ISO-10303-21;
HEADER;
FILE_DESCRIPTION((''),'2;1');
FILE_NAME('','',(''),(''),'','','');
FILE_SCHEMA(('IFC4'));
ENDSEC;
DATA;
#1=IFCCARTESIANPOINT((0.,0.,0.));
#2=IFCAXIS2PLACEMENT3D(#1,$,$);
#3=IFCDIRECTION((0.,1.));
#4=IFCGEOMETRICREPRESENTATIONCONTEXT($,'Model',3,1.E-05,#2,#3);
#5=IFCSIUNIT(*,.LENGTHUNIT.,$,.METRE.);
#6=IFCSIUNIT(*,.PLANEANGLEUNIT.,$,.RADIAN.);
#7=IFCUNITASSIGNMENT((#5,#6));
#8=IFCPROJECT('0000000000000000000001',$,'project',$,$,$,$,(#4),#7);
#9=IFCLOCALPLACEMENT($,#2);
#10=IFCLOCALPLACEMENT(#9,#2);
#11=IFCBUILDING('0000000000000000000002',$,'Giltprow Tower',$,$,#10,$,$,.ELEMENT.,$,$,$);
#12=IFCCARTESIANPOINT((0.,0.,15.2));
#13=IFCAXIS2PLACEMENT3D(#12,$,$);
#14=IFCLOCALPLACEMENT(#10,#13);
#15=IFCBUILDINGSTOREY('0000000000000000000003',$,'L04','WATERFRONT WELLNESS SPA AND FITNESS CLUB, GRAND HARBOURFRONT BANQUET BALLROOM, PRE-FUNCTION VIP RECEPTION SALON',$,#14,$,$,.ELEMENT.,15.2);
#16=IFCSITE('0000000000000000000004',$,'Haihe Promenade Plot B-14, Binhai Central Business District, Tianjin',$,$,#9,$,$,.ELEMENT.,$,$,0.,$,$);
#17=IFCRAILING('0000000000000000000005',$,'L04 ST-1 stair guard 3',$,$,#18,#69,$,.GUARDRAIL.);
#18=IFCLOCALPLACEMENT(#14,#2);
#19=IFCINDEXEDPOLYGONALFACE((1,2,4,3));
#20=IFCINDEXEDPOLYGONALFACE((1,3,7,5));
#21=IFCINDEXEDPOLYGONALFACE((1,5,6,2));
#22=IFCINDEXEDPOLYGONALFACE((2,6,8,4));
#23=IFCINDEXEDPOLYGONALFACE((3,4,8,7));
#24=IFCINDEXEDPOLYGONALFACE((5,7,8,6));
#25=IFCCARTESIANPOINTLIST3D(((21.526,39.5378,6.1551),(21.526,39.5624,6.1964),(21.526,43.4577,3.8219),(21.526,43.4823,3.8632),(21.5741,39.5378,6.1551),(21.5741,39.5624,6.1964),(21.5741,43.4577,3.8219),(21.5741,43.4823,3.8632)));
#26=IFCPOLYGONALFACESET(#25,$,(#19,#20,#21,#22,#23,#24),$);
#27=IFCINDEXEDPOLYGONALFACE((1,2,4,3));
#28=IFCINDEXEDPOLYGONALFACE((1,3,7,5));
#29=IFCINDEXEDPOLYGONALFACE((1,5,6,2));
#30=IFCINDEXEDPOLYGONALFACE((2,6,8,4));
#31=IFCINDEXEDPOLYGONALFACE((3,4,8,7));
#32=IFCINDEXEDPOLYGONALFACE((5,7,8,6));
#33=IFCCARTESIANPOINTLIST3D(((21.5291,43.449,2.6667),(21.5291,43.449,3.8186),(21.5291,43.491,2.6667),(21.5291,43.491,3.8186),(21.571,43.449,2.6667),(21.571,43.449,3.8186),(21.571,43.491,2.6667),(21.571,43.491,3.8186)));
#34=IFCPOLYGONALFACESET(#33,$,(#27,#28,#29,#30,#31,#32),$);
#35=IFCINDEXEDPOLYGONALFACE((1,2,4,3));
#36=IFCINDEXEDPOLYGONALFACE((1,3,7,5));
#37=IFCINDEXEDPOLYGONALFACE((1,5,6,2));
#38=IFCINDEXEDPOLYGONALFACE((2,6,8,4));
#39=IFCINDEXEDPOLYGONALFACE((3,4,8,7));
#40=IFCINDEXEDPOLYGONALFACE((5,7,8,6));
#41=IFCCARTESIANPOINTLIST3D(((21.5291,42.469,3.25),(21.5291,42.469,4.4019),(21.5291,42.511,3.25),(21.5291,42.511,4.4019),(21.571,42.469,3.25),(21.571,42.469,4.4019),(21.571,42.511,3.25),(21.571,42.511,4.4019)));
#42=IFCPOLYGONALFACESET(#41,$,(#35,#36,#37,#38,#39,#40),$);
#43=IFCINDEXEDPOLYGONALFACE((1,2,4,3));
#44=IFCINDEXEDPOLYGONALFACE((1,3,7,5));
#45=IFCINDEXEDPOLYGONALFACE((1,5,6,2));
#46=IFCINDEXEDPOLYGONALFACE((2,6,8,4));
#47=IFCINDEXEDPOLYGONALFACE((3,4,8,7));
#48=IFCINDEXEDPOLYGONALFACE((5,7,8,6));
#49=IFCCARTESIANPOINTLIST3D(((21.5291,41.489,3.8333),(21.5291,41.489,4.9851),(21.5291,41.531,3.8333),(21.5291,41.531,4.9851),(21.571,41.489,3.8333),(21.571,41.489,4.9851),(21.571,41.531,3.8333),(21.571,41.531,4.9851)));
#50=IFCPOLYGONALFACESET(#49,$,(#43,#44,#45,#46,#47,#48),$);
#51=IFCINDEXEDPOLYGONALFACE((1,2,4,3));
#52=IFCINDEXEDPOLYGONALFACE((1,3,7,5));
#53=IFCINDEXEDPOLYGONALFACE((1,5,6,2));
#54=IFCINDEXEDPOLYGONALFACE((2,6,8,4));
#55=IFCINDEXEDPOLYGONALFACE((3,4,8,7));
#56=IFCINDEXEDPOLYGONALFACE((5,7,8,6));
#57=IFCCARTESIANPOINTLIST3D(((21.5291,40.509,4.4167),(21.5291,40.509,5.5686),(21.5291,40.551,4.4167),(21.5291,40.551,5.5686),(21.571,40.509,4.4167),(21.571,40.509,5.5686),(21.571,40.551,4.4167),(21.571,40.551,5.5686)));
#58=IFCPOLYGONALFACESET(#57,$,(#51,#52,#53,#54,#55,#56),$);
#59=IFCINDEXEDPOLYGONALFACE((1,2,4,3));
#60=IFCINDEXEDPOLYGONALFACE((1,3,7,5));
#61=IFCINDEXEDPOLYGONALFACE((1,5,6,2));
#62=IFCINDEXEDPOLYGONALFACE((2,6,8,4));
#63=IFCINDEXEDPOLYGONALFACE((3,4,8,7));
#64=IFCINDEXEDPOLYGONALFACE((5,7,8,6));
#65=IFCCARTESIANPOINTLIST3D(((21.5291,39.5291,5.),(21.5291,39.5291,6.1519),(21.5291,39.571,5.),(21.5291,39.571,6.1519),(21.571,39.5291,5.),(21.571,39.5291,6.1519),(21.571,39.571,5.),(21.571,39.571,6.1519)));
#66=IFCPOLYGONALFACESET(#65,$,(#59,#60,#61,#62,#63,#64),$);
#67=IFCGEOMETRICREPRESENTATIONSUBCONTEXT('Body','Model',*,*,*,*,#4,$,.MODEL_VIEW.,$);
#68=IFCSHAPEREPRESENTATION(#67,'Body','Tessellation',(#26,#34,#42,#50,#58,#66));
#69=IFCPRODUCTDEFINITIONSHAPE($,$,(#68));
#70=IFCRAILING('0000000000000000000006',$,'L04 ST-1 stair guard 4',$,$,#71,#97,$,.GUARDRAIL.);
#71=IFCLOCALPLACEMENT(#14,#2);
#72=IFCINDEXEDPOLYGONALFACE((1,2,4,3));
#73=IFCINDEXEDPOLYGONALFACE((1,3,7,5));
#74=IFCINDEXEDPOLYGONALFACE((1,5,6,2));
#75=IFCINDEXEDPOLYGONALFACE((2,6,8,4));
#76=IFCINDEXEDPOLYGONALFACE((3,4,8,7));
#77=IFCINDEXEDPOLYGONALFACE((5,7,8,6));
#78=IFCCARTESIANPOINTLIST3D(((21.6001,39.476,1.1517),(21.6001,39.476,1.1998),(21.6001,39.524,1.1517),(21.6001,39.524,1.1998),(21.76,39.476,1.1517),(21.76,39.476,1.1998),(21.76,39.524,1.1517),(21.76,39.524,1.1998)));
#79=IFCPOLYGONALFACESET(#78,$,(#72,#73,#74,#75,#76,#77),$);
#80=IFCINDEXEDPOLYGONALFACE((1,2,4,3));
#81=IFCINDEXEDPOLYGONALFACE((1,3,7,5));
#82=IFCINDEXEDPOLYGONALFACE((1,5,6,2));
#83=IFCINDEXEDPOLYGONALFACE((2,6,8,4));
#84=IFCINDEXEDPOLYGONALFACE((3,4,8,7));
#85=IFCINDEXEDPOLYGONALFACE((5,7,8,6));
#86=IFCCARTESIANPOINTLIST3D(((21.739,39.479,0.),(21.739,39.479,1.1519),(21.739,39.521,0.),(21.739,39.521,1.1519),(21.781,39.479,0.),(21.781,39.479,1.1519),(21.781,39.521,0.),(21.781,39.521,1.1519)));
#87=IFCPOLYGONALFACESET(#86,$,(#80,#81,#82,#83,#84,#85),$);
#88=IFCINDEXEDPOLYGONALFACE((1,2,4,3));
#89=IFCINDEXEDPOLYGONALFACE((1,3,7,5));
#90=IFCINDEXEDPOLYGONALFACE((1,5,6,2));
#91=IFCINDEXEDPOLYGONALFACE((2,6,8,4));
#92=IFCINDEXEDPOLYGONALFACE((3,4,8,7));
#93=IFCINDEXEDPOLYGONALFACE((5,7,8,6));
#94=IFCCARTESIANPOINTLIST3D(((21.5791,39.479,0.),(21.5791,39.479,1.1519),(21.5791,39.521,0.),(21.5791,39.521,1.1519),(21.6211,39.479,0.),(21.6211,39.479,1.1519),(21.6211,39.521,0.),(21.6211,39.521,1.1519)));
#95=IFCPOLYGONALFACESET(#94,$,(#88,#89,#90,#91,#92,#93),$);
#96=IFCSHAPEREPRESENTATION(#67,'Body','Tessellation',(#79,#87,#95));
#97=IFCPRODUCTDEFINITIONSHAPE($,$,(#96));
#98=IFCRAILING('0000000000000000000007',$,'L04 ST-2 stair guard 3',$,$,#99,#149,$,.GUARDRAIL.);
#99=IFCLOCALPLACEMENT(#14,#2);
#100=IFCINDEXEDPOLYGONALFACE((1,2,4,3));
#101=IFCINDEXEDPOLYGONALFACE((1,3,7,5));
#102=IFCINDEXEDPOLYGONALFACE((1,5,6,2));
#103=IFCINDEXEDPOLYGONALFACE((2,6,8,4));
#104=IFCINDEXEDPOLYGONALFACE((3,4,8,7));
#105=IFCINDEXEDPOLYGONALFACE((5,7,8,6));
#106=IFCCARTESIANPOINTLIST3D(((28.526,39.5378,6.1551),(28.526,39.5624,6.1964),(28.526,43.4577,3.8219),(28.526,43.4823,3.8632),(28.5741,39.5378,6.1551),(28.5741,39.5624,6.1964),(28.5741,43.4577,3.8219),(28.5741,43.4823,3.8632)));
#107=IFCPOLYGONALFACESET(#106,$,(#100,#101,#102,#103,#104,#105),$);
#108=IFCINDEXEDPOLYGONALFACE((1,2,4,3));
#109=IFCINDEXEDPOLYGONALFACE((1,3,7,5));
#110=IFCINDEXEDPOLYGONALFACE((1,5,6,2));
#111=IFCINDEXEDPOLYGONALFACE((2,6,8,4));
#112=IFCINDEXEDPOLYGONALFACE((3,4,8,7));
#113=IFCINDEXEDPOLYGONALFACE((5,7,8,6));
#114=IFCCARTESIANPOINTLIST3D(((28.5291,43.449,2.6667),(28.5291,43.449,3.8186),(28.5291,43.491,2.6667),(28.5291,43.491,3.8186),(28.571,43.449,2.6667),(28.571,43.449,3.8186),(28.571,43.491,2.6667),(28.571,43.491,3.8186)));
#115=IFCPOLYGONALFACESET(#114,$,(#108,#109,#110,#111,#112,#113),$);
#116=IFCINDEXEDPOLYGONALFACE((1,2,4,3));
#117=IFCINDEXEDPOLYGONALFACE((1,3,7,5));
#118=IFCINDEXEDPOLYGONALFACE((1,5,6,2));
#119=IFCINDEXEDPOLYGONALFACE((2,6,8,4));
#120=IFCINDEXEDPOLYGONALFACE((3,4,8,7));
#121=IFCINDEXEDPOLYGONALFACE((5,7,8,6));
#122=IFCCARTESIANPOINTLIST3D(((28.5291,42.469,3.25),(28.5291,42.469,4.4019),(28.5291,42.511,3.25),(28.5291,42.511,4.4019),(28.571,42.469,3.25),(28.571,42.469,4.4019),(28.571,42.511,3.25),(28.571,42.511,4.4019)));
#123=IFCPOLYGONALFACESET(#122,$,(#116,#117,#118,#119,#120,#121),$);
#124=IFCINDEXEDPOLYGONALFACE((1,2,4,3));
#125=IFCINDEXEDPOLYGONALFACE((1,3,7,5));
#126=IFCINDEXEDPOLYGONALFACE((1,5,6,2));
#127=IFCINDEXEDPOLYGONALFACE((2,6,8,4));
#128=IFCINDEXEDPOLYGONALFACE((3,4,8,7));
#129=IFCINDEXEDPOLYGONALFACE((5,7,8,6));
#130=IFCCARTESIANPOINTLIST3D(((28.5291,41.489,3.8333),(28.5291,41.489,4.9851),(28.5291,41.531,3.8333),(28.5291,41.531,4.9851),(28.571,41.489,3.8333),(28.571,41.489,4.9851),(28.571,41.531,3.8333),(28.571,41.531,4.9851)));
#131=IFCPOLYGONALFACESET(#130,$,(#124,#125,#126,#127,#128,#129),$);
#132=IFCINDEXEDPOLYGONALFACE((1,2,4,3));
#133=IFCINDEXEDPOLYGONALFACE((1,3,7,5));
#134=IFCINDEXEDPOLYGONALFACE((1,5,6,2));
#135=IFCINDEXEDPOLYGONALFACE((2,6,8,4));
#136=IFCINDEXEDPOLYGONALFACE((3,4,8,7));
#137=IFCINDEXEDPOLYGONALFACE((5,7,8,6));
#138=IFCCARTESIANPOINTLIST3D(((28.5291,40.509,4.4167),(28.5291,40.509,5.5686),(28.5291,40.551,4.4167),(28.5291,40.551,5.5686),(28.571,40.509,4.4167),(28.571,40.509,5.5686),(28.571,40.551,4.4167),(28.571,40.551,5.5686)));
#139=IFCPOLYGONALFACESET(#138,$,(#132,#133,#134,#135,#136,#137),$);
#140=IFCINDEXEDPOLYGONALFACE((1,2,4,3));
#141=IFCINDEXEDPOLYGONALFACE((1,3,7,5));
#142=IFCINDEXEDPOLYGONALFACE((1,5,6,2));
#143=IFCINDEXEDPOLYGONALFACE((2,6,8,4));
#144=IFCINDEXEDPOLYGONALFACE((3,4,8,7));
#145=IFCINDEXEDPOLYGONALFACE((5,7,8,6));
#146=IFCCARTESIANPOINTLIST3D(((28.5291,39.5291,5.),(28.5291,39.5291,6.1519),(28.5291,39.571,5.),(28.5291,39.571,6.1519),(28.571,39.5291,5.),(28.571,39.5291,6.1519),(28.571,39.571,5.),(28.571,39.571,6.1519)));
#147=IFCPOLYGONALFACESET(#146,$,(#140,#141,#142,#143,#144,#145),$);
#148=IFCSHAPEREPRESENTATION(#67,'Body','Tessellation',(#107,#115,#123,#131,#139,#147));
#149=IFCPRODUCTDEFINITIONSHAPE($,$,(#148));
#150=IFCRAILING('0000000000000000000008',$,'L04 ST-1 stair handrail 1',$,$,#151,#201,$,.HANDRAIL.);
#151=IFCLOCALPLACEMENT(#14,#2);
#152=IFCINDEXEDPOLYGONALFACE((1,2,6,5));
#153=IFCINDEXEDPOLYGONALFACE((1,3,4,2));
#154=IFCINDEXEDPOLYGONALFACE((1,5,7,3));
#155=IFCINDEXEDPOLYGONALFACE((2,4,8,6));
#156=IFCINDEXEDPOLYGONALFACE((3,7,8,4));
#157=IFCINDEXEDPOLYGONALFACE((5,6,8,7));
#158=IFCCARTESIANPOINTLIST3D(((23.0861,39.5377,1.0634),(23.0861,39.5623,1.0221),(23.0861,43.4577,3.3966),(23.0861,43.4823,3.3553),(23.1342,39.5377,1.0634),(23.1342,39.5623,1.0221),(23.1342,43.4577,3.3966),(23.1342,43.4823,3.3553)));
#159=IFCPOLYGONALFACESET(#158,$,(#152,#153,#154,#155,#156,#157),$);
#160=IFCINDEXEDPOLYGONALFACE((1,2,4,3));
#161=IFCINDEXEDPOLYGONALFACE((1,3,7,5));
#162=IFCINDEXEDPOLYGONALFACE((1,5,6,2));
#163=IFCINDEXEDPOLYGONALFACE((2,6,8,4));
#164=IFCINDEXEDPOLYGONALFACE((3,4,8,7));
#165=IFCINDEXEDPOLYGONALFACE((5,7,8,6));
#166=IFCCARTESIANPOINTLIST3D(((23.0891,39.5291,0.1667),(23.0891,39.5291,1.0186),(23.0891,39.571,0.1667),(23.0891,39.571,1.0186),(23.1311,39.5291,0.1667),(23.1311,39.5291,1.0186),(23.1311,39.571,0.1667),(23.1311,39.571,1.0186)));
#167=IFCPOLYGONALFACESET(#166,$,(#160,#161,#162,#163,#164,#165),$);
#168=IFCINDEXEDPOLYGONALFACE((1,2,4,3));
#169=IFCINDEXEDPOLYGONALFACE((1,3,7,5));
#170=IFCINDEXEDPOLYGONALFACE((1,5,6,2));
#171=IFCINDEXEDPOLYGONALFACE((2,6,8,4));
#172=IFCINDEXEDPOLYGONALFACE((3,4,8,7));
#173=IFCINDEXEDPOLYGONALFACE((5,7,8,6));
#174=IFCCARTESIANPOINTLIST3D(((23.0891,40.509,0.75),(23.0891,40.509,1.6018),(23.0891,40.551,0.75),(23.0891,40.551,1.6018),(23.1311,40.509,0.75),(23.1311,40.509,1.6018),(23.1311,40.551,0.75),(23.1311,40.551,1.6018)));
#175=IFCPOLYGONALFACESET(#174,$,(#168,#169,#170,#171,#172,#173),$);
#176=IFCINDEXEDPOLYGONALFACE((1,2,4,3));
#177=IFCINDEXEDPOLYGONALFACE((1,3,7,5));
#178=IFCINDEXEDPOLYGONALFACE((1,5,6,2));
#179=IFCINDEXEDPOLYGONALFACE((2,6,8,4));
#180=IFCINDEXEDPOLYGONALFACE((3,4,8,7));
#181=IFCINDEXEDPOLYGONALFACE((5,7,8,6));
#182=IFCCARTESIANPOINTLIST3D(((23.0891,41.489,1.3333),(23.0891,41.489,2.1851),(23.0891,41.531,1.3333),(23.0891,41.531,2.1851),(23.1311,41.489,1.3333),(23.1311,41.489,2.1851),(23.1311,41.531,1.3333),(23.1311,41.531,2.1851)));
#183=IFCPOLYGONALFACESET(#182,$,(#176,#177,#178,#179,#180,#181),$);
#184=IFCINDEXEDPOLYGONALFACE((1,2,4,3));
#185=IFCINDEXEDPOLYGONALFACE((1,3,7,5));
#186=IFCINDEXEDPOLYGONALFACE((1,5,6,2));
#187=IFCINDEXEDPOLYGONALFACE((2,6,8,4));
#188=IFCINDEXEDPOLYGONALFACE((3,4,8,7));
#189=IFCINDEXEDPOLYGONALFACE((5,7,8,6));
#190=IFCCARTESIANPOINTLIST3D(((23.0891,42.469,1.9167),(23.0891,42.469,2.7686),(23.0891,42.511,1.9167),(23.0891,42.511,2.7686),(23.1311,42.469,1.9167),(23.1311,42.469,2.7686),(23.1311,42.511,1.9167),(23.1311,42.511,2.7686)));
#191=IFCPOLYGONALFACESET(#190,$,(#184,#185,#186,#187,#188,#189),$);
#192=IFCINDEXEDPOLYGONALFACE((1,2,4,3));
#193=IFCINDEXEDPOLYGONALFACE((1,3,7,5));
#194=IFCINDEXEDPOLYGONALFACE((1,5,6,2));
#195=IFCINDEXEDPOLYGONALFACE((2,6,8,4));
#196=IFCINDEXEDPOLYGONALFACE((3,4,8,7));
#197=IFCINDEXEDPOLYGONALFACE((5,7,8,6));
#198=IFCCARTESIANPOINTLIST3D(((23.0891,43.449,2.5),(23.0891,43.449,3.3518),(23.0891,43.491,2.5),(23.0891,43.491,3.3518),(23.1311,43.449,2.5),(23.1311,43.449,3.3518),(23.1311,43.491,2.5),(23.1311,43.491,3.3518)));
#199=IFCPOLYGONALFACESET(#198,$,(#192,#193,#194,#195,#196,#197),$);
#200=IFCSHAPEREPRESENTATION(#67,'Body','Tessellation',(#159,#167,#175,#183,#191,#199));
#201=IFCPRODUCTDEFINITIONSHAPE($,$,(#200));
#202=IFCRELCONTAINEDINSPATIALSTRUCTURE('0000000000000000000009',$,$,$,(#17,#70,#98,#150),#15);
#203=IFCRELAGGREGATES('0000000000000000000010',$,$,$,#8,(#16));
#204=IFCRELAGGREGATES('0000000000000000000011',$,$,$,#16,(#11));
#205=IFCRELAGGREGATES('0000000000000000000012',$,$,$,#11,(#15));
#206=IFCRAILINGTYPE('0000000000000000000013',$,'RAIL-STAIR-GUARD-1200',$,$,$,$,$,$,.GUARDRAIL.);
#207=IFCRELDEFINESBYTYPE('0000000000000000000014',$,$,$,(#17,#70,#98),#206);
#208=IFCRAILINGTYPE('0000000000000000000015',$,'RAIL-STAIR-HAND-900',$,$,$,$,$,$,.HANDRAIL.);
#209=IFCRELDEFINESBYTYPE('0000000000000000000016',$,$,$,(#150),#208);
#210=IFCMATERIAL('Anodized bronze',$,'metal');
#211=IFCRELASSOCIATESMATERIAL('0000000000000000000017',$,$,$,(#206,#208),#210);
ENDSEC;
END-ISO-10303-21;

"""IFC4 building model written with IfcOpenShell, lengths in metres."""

from ifc_helpers import new_model, si_unit, direction, frame, origin, origin_2d, place, context, subcontext, project, spatial, rectangle, extrude, material, type_object, element, save


model = new_model("IFC4")

# Units and contexts
model_context = context("Model", 3, precision=1e-05, world=origin(), true_north=direction((0.0, 1.0)))
body_context = subcontext(model_context, "Body", "Model", "MODEL_VIEW")
ifc_project = project(units=[si_unit("LENGTHUNIT", "METRE"), si_unit("PLANEANGLEUNIT", "RADIAN")], contexts=[model_context])

# Site, building, storey
site_placement = place(None, origin())
site = spatial("IfcSite", under=ifc_project, at=site_placement, Name="Haihe Promenade Plot B-14, Binhai Central Business District, Tianjin", CompositionType="ELEMENT", RefElevation=0.0)
building_placement = place(site_placement, origin())
building = spatial("IfcBuilding", under=site, at=building_placement, Name="Giltprow Tower", CompositionType="ELEMENT")
storey_placement = place(building_placement, frame((0.0, 0.0, 15.2)))
storey = spatial("IfcBuildingStorey", under=building, at=storey_placement, Name="L04", Description="WATERFRONT WELLNESS SPA AND FITNESS CLUB, GRAND HARBOURFRONT BANQUET BALLROOM, PRE-FUNCTION VIP RECEPTION SALON", CompositionType="ELEMENT", Elevation=15.2)

# Railings
ifc_material_1 = material(Name="Anodized bronze", Category="metal")
railing_type_1 = type_object("IfcRailingType", Name="RAIL-STAIR-GUARD-1200", PredefinedType="GUARDRAIL", material=ifc_material_1)
railing_1_placement = place(storey_placement, frame((21.55, 43.47, 2.6667)))
element("IfcRailing", 1, at=railing_1_placement, inside=storey, type_object=railing_type_1, Name="L04 ST-1 stair guard 3", PredefinedType="GUARDRAIL", context=body_context, shape_type="SweptSolid", body=[
    extrude(rectangle(XDim=0.0481, YDim=0.0481, at=origin_2d()), frame((0.0, 0.0, 1.1758), z_axis=(0.0, -0.859296, 0.511478), x_axis=(1.0, 0.0, 0.0)), (0.0, 0.0, 1.0), 4.5618),
    extrude(rectangle(XDim=0.042, YDim=0.042, at=origin_2d()), origin(), (0.0, 0.0, 1.0), 1.1519),
    extrude(rectangle(XDim=0.042, YDim=0.042, at=origin_2d()), frame((0.0, -0.98, 0.5833)), (0.0, 0.0, 1.0), 1.1519),
    extrude(rectangle(XDim=0.042, YDim=0.042, at=origin_2d()), frame((0.0, -1.96, 1.1665)), (0.0, 0.0, 1.0), 1.1519),
    extrude(rectangle(XDim=0.042, YDim=0.042, at=origin_2d()), frame((0.0, -2.9399, 1.75)), (0.0, 0.0, 1.0), 1.1519),
    extrude(rectangle(XDim=0.042, YDim=0.042, at=origin_2d()), frame((0.0, -3.9199, 2.3333)), (0.0, 0.0, 1.0), 1.1519),
])
railing_2_placement = place(storey_placement, frame((21.76, 39.5, 0.0)))
element("IfcRailing", 2, at=railing_2_placement, inside=storey, type_object=railing_type_1, Name="L04 ST-1 stair guard 4", PredefinedType="GUARDRAIL", context=body_context, shape_type="SweptSolid", body=[
    extrude(rectangle(XDim=0.0481, YDim=0.0481, at=origin_2d()), frame((0.0, 0.0, 1.1758), z_axis=(-1.0, 0.0, 0.0), x_axis=(0.0, -1.0, 0.0)), (0.0, 0.0, 1.0), 0.1599),
    extrude(rectangle(XDim=0.042, YDim=0.042, at=origin_2d()), origin(), (0.0, 0.0, 1.0), 1.1519),
    extrude(rectangle(XDim=0.042, YDim=0.042, at=origin_2d()), frame((-0.1599, 0.0, 0.0)), (0.0, 0.0, 1.0), 1.1519),
])
railing_3_placement = place(storey_placement, frame((28.55, 43.47, 2.6667)))
element("IfcRailing", 3, at=railing_3_placement, inside=storey, type_object=railing_type_1, Name="L04 ST-2 stair guard 3", PredefinedType="GUARDRAIL", context=body_context, shape_type="SweptSolid", body=[
    extrude(rectangle(XDim=0.0481, YDim=0.0481, at=origin_2d()), frame((0.0, 0.0, 1.1758), z_axis=(0.0, -0.859296, 0.511478), x_axis=(1.0, 0.0, 0.0)), (0.0, 0.0, 1.0), 4.5618),
    extrude(rectangle(XDim=0.042, YDim=0.042, at=origin_2d()), origin(), (0.0, 0.0, 1.0), 1.1519),
    extrude(rectangle(XDim=0.042, YDim=0.042, at=origin_2d()), frame((0.0, -0.98, 0.5833)), (0.0, 0.0, 1.0), 1.1519),
    extrude(rectangle(XDim=0.042, YDim=0.042, at=origin_2d()), frame((0.0, -1.96, 1.1665)), (0.0, 0.0, 1.0), 1.1519),
    extrude(rectangle(XDim=0.042, YDim=0.042, at=origin_2d()), frame((0.0, -2.9399, 1.75)), (0.0, 0.0, 1.0), 1.1519),
    extrude(rectangle(XDim=0.042, YDim=0.042, at=origin_2d()), frame((0.0, -3.9199, 2.3333)), (0.0, 0.0, 1.0), 1.1519),
])
railing_type_2 = type_object("IfcRailingType", Name="RAIL-STAIR-HAND-900", PredefinedType="HANDRAIL", material=ifc_material_1)
railing_4_placement = place(storey_placement, frame((23.1101, 39.55, 0.1667)))
element("IfcRailing", 4, at=railing_4_placement, inside=storey, type_object=railing_type_2, Name="L04 ST-1 stair handrail 1", PredefinedType="HANDRAIL", context=body_context, shape_type="SweptSolid", body=[
    extrude(rectangle(XDim=0.0481, YDim=0.0481, at=origin_2d()), frame((0.0, 0.0, 0.876), z_axis=(0.0, 0.859296, 0.511478), x_axis=(-1.0, 0.0, 0.0)), (0.0, 0.0, 1.0), 4.5618),
    extrude(rectangle(XDim=0.042, YDim=0.042, at=origin_2d()), origin(), (0.0, 0.0, 1.0), 0.8518),
    extrude(rectangle(XDim=0.042, YDim=0.042, at=origin_2d()), frame((0.0, 0.98, 0.5833)), (0.0, 0.0, 1.0), 0.8518),
    extrude(rectangle(XDim=0.042, YDim=0.042, at=origin_2d()), frame((0.0, 1.96, 1.1665)), (0.0, 0.0, 1.0), 0.8518),
    extrude(rectangle(XDim=0.042, YDim=0.042, at=origin_2d()), frame((0.0, 2.9399, 1.75)), (0.0, 0.0, 1.0), 0.8518),
    extrude(rectangle(XDim=0.042, YDim=0.042, at=origin_2d()), frame((0.0, 3.9199, 2.3333)), (0.0, 0.0, 1.0), 0.8518),
])

save(model, "model.ifc")
